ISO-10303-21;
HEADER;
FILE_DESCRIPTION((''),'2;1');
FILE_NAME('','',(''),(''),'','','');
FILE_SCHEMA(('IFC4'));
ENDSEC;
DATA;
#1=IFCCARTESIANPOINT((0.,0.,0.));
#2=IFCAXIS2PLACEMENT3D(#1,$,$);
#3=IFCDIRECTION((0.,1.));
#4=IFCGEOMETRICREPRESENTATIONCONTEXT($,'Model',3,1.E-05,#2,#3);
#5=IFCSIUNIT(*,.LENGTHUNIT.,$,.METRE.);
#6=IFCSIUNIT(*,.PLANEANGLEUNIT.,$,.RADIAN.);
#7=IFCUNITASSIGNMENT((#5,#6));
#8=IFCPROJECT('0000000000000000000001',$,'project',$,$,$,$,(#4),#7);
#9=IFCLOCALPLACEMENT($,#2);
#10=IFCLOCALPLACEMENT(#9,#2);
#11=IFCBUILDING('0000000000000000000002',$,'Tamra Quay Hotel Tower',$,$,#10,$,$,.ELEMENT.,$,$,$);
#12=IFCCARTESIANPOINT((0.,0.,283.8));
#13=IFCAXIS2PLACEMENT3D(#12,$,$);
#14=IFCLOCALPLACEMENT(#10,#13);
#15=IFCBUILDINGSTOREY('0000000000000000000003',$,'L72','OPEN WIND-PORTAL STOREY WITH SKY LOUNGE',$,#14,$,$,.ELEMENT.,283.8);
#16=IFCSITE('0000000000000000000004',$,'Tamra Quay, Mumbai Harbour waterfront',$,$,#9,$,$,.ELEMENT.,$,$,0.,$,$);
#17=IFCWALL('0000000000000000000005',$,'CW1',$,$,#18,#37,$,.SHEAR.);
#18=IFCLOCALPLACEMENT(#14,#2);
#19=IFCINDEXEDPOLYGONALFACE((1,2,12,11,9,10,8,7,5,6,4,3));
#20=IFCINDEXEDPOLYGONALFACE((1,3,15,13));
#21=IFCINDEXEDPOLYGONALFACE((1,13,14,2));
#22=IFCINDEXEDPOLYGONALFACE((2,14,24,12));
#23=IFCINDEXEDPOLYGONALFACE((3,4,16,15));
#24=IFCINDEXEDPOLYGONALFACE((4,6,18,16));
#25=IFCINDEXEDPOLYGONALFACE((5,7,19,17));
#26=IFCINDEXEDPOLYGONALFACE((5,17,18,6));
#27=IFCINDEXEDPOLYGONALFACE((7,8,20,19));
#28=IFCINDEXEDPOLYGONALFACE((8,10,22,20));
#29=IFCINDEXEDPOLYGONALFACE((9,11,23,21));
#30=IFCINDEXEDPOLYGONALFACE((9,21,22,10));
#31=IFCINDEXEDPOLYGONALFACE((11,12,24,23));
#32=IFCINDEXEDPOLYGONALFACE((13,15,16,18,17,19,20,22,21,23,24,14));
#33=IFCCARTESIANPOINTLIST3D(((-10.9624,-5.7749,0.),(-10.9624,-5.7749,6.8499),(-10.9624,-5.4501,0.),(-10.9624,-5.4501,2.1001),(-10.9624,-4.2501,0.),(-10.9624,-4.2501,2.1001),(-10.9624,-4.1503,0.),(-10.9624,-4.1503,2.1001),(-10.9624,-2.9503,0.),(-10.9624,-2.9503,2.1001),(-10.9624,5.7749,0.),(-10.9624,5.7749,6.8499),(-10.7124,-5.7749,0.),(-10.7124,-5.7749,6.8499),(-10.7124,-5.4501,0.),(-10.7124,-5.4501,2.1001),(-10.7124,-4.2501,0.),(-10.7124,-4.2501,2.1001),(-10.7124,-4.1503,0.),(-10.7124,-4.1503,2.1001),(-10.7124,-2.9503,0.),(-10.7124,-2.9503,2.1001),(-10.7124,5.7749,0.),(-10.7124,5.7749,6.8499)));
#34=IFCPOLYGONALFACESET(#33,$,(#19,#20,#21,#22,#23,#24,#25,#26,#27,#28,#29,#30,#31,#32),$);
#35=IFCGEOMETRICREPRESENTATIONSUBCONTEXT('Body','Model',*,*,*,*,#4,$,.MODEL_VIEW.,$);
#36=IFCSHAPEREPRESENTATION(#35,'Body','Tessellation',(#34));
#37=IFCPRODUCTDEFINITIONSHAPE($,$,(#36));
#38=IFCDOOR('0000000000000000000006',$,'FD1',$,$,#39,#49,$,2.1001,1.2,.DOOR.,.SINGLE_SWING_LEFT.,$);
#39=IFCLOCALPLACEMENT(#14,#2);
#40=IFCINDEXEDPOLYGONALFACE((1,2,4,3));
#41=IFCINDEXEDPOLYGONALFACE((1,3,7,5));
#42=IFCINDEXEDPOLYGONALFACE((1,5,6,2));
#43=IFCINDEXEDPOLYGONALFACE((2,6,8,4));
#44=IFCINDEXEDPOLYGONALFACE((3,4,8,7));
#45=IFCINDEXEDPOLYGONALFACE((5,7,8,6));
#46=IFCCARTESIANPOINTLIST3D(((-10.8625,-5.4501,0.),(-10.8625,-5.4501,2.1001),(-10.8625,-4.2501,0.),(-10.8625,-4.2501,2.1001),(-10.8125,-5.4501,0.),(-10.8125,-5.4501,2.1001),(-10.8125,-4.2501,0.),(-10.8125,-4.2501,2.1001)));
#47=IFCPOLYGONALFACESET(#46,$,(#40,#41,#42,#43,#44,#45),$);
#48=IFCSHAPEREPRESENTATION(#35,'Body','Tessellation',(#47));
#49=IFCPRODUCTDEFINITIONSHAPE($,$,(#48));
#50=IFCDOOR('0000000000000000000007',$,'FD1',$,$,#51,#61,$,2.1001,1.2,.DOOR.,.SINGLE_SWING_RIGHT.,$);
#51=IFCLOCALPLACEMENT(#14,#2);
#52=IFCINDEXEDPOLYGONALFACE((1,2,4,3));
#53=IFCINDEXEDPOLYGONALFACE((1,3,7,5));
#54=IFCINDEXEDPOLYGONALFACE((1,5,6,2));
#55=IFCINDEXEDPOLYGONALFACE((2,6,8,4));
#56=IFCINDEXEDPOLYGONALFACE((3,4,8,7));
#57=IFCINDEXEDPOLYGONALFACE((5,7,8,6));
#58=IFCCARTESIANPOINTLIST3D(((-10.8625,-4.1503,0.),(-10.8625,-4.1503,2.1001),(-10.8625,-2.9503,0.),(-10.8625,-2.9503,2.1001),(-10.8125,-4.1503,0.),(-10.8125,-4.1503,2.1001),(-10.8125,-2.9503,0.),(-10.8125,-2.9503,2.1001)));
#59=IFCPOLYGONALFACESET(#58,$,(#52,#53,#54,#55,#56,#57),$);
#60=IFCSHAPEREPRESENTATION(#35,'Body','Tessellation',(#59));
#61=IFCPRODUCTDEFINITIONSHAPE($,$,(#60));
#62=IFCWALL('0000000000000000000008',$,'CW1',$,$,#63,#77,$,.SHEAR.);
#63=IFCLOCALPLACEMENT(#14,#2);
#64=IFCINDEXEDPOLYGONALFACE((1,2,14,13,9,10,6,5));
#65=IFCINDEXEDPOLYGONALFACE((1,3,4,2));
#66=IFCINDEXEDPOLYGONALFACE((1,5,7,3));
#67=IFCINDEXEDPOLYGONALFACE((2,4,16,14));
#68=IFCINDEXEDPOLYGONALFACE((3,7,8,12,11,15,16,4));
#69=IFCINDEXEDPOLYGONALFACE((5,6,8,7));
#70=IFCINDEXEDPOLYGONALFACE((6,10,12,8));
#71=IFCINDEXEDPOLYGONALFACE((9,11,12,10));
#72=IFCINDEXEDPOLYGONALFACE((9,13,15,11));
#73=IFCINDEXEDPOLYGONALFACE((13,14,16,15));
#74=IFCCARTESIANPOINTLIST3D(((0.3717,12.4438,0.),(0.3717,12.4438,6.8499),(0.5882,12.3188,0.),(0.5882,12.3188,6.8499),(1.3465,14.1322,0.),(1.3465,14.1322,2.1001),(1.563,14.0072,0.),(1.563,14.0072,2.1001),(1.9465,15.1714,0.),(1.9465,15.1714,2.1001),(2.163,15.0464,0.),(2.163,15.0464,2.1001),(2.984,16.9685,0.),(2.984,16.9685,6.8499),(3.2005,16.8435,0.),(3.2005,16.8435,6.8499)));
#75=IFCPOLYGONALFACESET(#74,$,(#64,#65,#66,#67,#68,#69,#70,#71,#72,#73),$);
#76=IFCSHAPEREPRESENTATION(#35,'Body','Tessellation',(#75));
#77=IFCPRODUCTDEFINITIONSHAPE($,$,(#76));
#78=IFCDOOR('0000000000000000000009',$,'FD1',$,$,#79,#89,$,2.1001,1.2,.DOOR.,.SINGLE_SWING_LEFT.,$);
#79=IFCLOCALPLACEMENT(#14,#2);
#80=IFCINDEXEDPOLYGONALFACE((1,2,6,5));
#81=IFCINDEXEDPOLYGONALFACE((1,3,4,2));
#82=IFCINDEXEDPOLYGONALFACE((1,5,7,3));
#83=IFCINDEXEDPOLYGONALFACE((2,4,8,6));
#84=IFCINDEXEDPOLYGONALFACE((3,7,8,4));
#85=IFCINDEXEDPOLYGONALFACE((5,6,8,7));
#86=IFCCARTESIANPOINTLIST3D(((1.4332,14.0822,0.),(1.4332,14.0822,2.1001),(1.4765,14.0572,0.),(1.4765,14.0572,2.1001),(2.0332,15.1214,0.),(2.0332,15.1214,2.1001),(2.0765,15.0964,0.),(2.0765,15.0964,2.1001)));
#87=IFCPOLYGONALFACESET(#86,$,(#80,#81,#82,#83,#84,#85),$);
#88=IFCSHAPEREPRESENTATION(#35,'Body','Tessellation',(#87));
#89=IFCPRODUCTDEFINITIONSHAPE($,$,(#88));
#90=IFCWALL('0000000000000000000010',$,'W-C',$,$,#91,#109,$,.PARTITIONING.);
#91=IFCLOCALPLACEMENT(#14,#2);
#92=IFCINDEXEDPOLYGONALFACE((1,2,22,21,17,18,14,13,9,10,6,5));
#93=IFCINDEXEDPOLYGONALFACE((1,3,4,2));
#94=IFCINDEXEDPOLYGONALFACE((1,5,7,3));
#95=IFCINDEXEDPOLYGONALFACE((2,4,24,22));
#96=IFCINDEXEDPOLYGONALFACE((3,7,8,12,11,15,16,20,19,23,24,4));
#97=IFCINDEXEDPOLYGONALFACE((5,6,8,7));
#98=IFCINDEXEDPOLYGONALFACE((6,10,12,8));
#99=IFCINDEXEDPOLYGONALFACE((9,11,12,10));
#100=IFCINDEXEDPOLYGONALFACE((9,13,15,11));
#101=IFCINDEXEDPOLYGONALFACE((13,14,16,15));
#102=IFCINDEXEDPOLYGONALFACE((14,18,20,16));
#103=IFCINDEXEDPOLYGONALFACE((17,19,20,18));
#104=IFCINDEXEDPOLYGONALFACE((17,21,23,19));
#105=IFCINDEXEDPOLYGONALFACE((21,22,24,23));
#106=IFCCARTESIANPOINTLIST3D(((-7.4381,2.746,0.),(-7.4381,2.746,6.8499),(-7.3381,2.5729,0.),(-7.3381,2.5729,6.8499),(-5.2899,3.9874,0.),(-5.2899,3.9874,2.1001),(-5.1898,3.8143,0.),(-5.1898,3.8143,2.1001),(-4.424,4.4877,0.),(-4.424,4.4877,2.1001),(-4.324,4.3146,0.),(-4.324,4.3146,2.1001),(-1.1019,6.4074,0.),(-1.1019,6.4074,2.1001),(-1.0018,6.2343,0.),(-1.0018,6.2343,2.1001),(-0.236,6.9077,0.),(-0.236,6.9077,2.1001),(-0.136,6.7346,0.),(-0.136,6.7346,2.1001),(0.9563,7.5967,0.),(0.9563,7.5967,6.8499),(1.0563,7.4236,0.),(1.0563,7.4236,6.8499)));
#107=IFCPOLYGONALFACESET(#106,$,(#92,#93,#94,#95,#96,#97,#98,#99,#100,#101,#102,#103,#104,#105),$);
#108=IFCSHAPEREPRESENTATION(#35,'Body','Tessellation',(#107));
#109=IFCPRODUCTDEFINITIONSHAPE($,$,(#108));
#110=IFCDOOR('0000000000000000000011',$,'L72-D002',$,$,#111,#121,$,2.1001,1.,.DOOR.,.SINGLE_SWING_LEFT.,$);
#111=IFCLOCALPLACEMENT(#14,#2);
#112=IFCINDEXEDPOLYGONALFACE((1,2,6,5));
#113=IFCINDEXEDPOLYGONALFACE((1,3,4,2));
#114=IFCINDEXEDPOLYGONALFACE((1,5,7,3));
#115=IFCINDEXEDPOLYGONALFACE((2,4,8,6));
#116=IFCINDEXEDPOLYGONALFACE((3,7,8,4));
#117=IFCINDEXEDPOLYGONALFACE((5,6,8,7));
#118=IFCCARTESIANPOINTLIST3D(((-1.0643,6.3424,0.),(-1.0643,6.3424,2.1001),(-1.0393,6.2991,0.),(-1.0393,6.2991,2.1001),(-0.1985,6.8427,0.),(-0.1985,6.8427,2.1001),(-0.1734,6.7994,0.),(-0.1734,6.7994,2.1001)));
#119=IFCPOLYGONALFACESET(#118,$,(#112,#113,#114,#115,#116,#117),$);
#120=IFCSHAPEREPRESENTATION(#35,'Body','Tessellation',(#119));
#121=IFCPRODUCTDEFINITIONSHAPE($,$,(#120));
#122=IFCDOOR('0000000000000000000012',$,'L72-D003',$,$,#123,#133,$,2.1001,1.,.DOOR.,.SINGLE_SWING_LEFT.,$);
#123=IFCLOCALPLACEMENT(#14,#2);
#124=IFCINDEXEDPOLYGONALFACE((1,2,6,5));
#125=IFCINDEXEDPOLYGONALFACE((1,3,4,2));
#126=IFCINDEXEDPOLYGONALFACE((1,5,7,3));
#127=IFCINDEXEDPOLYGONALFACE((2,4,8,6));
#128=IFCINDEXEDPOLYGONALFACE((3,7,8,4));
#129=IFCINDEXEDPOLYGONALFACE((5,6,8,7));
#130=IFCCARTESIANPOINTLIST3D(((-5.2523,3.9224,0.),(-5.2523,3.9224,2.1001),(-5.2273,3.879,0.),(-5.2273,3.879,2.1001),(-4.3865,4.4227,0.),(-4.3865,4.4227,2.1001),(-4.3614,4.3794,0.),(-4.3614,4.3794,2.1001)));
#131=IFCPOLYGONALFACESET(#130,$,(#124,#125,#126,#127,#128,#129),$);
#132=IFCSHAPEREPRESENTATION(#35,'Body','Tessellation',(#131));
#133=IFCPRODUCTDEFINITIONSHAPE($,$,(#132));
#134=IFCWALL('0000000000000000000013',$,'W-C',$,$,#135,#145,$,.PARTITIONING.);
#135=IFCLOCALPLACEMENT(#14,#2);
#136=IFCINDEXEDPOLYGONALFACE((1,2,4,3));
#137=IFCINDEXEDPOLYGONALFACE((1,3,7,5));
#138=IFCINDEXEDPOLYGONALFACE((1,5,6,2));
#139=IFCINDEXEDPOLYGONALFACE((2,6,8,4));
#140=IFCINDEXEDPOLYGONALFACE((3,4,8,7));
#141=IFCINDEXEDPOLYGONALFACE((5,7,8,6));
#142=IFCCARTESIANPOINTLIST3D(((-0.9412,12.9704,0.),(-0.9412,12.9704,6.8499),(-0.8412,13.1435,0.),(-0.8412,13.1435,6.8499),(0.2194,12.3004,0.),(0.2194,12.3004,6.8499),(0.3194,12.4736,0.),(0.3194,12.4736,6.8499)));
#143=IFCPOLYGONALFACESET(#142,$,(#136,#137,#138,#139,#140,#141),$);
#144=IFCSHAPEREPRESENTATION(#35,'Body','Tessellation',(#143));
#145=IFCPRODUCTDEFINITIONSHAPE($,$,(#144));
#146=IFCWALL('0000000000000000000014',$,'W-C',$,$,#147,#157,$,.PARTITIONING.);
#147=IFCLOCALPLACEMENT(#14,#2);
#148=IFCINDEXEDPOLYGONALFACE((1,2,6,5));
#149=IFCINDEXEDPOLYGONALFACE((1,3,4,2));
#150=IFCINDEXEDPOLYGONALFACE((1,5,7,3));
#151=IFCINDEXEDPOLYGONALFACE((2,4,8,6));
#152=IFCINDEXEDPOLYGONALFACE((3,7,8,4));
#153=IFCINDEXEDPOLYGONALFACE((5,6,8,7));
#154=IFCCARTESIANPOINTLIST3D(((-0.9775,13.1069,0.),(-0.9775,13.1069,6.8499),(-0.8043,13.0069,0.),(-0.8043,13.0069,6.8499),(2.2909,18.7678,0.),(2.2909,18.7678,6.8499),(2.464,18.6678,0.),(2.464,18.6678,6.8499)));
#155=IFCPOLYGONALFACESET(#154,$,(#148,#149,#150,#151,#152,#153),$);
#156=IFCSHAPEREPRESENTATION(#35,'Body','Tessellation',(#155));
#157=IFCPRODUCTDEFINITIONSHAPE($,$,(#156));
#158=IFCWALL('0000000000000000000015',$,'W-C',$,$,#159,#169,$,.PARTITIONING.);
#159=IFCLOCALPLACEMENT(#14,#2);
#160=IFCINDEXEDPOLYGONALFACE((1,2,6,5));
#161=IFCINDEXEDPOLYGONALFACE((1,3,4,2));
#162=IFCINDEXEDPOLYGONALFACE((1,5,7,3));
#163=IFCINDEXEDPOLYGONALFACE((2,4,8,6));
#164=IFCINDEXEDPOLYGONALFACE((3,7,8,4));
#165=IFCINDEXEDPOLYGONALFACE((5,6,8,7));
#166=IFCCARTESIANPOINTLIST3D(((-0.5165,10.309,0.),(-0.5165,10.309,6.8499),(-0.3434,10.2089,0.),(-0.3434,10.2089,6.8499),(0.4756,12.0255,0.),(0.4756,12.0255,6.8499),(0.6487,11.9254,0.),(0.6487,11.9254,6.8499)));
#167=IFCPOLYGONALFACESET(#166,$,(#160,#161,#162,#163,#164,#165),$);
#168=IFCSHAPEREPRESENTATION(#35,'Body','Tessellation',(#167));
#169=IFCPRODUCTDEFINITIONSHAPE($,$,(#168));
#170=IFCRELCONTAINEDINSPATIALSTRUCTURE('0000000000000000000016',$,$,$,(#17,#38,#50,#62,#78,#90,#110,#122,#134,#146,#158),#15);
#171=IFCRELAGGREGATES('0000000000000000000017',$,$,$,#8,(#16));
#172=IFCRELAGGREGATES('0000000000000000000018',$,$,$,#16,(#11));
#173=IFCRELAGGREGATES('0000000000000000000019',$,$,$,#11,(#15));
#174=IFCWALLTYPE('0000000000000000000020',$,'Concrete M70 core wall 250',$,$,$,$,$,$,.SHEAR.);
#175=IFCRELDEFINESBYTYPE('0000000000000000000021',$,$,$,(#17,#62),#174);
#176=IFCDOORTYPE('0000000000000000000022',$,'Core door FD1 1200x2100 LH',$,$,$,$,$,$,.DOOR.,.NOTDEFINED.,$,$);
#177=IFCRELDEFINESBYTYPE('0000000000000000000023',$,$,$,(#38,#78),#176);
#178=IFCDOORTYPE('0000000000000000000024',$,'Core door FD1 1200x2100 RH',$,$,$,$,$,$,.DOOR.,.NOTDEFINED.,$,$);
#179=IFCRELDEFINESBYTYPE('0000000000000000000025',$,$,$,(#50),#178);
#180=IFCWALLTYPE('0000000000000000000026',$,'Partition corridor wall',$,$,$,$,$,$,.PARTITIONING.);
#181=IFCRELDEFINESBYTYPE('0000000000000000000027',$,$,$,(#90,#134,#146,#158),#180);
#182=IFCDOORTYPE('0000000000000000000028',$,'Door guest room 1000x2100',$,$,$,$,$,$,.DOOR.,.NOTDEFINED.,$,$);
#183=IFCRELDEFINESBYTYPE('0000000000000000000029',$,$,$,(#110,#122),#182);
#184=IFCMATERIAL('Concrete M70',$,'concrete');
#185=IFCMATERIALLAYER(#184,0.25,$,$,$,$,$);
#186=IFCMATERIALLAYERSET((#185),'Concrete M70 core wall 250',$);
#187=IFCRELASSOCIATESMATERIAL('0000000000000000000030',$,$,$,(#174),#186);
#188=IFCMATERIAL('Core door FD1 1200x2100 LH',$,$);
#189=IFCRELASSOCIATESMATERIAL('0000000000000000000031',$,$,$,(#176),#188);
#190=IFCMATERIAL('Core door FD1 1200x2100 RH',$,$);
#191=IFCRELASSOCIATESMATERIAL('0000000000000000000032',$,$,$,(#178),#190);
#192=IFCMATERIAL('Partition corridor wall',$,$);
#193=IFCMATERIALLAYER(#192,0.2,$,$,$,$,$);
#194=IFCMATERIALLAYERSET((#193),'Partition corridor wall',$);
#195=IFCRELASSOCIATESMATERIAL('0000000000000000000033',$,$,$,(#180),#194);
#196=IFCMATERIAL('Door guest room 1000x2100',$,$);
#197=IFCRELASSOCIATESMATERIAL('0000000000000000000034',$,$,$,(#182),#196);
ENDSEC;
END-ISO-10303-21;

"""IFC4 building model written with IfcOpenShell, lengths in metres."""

from ifc_helpers import new_model, si_unit, direction, frame, frame_2d, origin, place, context, subcontext, project, spatial, rectangle, extrude, material, layer, layer_set, type_object, element, fill, save


model = new_model("IFC4")

# Units and contexts
model_context = context("Model", 3, precision=1e-05, world=origin(), true_north=direction((0.0, 1.0)))
body_context = subcontext(model_context, "Body", "Model", "MODEL_VIEW")
ifc_project = project(units=[si_unit("LENGTHUNIT", "METRE"), si_unit("PLANEANGLEUNIT", "RADIAN")], contexts=[model_context])

# Site, building, storey
site_placement = place(None, origin())
site = spatial("IfcSite", under=ifc_project, at=site_placement, Name="Tamra Quay, Mumbai Harbour waterfront", CompositionType="ELEMENT", RefElevation=0.0)
building_placement = place(site_placement, origin())
building = spatial("IfcBuilding", under=site, at=building_placement, Name="Tamra Quay Hotel Tower", CompositionType="ELEMENT")
storey_placement = place(building_placement, frame((0.0, 0.0, 283.8)))
storey = spatial("IfcBuildingStorey", under=building, at=storey_placement, Name="L72", Description="OPEN WIND-PORTAL STOREY WITH SKY LOUNGE", CompositionType="ELEMENT", Elevation=283.8)

# Shared definitions
ifc_material_1 = material(Name="Concrete M70", Category="concrete")

# Wall, openings, doors
ifc_layer_1 = layer(ifc_material_1, 0.25)
ifc_layer_set_1 = layer_set([ifc_layer_1], Name="Concrete M70 core wall 250")
wall_type_1 = type_object("IfcWallType", Name="Concrete M70 core wall 250", PredefinedType="SHEAR", material=ifc_layer_set_1)
wall_1_placement = place(storey_placement, frame((-10.8374, 5.7749, 0.0), z_axis=(0.0, 0.0, 1.0), x_axis=(0.0, -1.0, 0.0)))
wall_1 = element("IfcWall", 1, at=wall_1_placement, inside=storey, type_object=wall_type_1, Name="CW1", PredefinedType="SHEAR", context=body_context, shape_type="SweptSolid", body=[
    extrude(rectangle(XDim=11.5498, YDim=0.25, at=frame_2d((5.7749, 0.0))), origin(), (0.0, 0.0, 1.0), 6.8499),
])
opening_1_placement = place(wall_1_placement, frame((10.0249, 0.0, 0.0)))
opening_1 = element("IfcOpeningElement", 2, at=opening_1_placement, cuts=wall_1, PredefinedType="OPENING", context=body_context, shape_type="SweptSolid", body=[
    extrude(rectangle(XDim=1.2, YDim=2.1001, at=frame_2d((0.6001, 1.05))), frame((0.0, 0.135, 0.0), z_axis=(0.0, -1.0, 0.0), x_axis=(1.0, 0.0, 0.0)), (0.0, 0.0, 1.0), 0.27),
])
opening_2_placement = place(wall_1_placement, frame((8.7251, 0.0, 0.0)))
opening_2 = element("IfcOpeningElement", 3, at=opening_2_placement, cuts=wall_1, PredefinedType="OPENING", context=body_context, shape_type="SweptSolid", body=[
    extrude(rectangle(XDim=1.2, YDim=2.1001, at=frame_2d((0.6001, 1.05))), frame((0.0, 0.135, 0.0), z_axis=(0.0, -1.0, 0.0), x_axis=(1.0, 0.0, 0.0)), (0.0, 0.0, 1.0), 0.27),
])
ifc_material_2 = material(Name="Core door FD1 1200x2100 LH")
door_type_1 = type_object("IfcDoorType", Name="Core door FD1 1200x2100 LH", OperationType="NOTDEFINED", PredefinedType="DOOR", material=ifc_material_2)
door_1_placement = place(opening_1_placement, origin())
door_1 = element("IfcDoor", 4, at=door_1_placement, inside=storey, type_object=door_type_1, Name="FD1", OperationType="SINGLE_SWING_LEFT", OverallHeight=2.1001, OverallWidth=1.2, PredefinedType="DOOR", context=body_context, shape_type="SweptSolid", body=[
    extrude(rectangle(XDim=1.2, YDim=2.1001, at=frame_2d((0.6001, 1.05))), frame((0.0, 0.0249, 0.0), z_axis=(0.0, -1.0, 0.0), x_axis=(1.0, 0.0, 0.0)), (0.0, 0.0, 1.0), 0.05),
])
fill(opening_1, door_1)
ifc_material_3 = material(Name="Core door FD1 1200x2100 RH")
door_type_2 = type_object("IfcDoorType", Name="Core door FD1 1200x2100 RH", OperationType="NOTDEFINED", PredefinedType="DOOR", material=ifc_material_3)
door_2_placement = place(opening_2_placement, origin())
door_2 = element("IfcDoor", 5, at=door_2_placement, inside=storey, type_object=door_type_2, Name="FD1", OperationType="SINGLE_SWING_RIGHT", OverallHeight=2.1001, OverallWidth=1.2, PredefinedType="DOOR", context=body_context, shape_type="SweptSolid", body=[
    extrude(rectangle(XDim=1.2, YDim=2.1001, at=frame_2d((0.6001, 1.05))), frame((0.0, 0.0249, 0.0), z_axis=(0.0, -1.0, 0.0), x_axis=(1.0, 0.0, 0.0)), (0.0, 0.0, 1.0), 0.05),
])
fill(opening_2, door_2)

# Wall, opening, door
wall_2_placement = place(storey_placement, frame((0.48, 12.3813, 0.0), z_axis=(0.0, 0.0, 1.0), x_axis=(0.499999, 0.866026, 0.0)))
wall_2 = element("IfcWall", 6, at=wall_2_placement, inside=storey, type_object=wall_type_1, Name="CW1", PredefinedType="SHEAR", context=body_context, shape_type="SweptSolid", body=[
    extrude(rectangle(XDim=5.2246, YDim=0.25, at=frame_2d((2.6123, 0.0))), origin(), (0.0, 0.0, 1.0), 6.8499),
])
opening_3_placement = place(wall_2_placement, frame((1.9495, 0.0, 0.0)))
opening_3 = element("IfcOpeningElement", 7, at=opening_3_placement, cuts=wall_2, PredefinedType="OPENING", context=body_context, shape_type="SweptSolid", body=[
    extrude(rectangle(XDim=1.2, YDim=2.1001, at=frame_2d((0.6001, 1.05))), frame((0.0, 0.135, 0.0), z_axis=(0.0, -1.0, 0.0), x_axis=(1.0, 0.0, 0.0)), (0.0, 0.0, 1.0), 0.27),
])
door_3_placement = place(opening_3_placement, origin())
door_3 = element("IfcDoor", 8, at=door_3_placement, inside=storey, type_object=door_type_1, Name="FD1", OperationType="SINGLE_SWING_LEFT", OverallHeight=2.1001, OverallWidth=1.2, PredefinedType="DOOR", context=body_context, shape_type="SweptSolid", body=[
    extrude(rectangle(XDim=1.2, YDim=2.1001, at=frame_2d((0.6001, 1.05))), frame((0.0, 0.0249, 0.0), z_axis=(0.0, -1.0, 0.0), x_axis=(1.0, 0.0, 0.0)), (0.0, 0.0, 1.0), 0.05),
])
fill(opening_3, door_3)

# Wall, openings, doors
ifc_material_4 = material(Name="Partition corridor wall")
ifc_layer_2 = layer(ifc_material_4, 0.2)
ifc_layer_set_2 = layer_set([ifc_layer_2], Name="Partition corridor wall")
wall_type_2 = type_object("IfcWallType", Name="Partition corridor wall", PredefinedType="PARTITIONING", material=ifc_layer_set_2)
wall_3_placement = place(storey_placement, frame((-7.3882, 2.6594, 0.0), z_axis=(0.0, 0.0, 1.0), x_axis=(0.86584, 0.50032, 0.0)))
wall_3 = element("IfcWall", 9, at=wall_3_placement, inside=storey, type_object=wall_type_2, Name="W-C", PredefinedType="PARTITIONING", context=body_context, shape_type="SweptSolid", body=[
    extrude(rectangle(XDim=9.6951, YDim=0.2, at=frame_2d((4.8477, 0.0))), origin(), (0.0, 0.0, 1.0), 6.8499),
])
opening_4_placement = place(wall_3_placement, frame((7.3181, 0.0, 0.0)))
opening_4 = element("IfcOpeningElement", 10, at=opening_4_placement, cuts=wall_3, PredefinedType="OPENING", context=body_context, shape_type="SweptSolid", body=[
    extrude(rectangle(XDim=1.0, YDim=2.1001, at=frame_2d((0.5, 1.05))), frame((0.0, 0.1099, 0.0), z_axis=(0.0, -1.0, 0.0), x_axis=(1.0, 0.0, 0.0)), (0.0, 0.0, 1.0), 0.22),
])
opening_5_placement = place(wall_3_placement, frame((2.4812, 0.0, 0.0)))
opening_5 = element("IfcOpeningElement", 11, at=opening_5_placement, cuts=wall_3, PredefinedType="OPENING", context=body_context, shape_type="SweptSolid", body=[
    extrude(rectangle(XDim=1.0, YDim=2.1001, at=frame_2d((0.5, 1.05))), frame((0.0, 0.1099, 0.0), z_axis=(0.0, -1.0, 0.0), x_axis=(1.0, 0.0, 0.0)), (0.0, 0.0, 1.0), 0.22),
])
ifc_material_5 = material(Name="Door guest room 1000x2100")
door_type_3 = type_object("IfcDoorType", Name="Door guest room 1000x2100", OperationType="NOTDEFINED", PredefinedType="DOOR", material=ifc_material_5)
door_4_placement = place(opening_4_placement, origin())
door_4 = element("IfcDoor", 12, at=door_4_placement, inside=storey, type_object=door_type_3, Name="L72-D002", OperationType="SINGLE_SWING_LEFT", OverallHeight=2.1001, OverallWidth=1.0, PredefinedType="DOOR", context=body_context, shape_type="SweptSolid", body=[
    extrude(rectangle(XDim=1.0, YDim=2.1001, at=frame_2d((0.5, 1.05))), frame((0.0, 0.0249, 0.0), z_axis=(0.0, -1.0, 0.0), x_axis=(1.0, 0.0, 0.0)), (0.0, 0.0, 1.0), 0.05),
])
fill(opening_4, door_4)
door_5_placement = place(opening_5_placement, origin())
door_5 = element("IfcDoor", 13, at=door_5_placement, inside=storey, type_object=door_type_3, Name="L72-D003", OperationType="SINGLE_SWING_LEFT", OverallHeight=2.1001, OverallWidth=1.0, PredefinedType="DOOR", context=body_context, shape_type="SweptSolid", body=[
    extrude(rectangle(XDim=1.0, YDim=2.1001, at=frame_2d((0.5, 1.05))), frame((0.0, 0.0249, 0.0), z_axis=(0.0, -1.0, 0.0), x_axis=(1.0, 0.0, 0.0)), (0.0, 0.0, 1.0), 0.05),
])
fill(opening_5, door_5)

# Walls
wall_4_placement = place(storey_placement, frame((-0.8911, 13.0569, 0.0), z_axis=(0.0, 0.0, 1.0), x_axis=(0.866082, -0.499901, 0.0)))
element("IfcWall", 14, at=wall_4_placement, inside=storey, type_object=wall_type_2, Name="W-C", PredefinedType="PARTITIONING", context=body_context, shape_type="SweptSolid", body=[
    extrude(rectangle(XDim=1.3401, YDim=0.2, at=frame_2d((0.6699, 0.0))), origin(), (0.0, 0.0, 1.0), 6.8499),
])
wall_5_placement = place(storey_placement, frame((-0.8909, 13.0569, 0.0), z_axis=(0.0, 0.0, 1.0), x_axis=(0.499999, 0.866026, 0.0)))
element("IfcWall", 15, at=wall_5_placement, inside=storey, type_object=wall_type_2, Name="W-C", PredefinedType="PARTITIONING", context=body_context, shape_type="SweptSolid", body=[
    extrude(rectangle(XDim=6.5366, YDim=0.2, at=frame_2d((3.2683, 0.0))), origin(), (0.0, 0.0, 1.0), 6.8499),
])
wall_6_placement = place(storey_placement, frame((-0.4299, 10.259, 0.0), z_axis=(0.0, 0.0, 1.0), x_axis=(0.500429, 0.865777, 0.0)))
element("IfcWall", 16, at=wall_6_placement, inside=storey, type_object=wall_type_2, Name="W-C", PredefinedType="PARTITIONING", context=body_context, shape_type="SweptSolid", body=[
    extrude(rectangle(XDim=1.9827, YDim=0.2, at=frame_2d((0.9912, 0.0))), origin(), (0.0, 0.0, 1.0), 6.8499),
])

save(model, "model.ifc")
